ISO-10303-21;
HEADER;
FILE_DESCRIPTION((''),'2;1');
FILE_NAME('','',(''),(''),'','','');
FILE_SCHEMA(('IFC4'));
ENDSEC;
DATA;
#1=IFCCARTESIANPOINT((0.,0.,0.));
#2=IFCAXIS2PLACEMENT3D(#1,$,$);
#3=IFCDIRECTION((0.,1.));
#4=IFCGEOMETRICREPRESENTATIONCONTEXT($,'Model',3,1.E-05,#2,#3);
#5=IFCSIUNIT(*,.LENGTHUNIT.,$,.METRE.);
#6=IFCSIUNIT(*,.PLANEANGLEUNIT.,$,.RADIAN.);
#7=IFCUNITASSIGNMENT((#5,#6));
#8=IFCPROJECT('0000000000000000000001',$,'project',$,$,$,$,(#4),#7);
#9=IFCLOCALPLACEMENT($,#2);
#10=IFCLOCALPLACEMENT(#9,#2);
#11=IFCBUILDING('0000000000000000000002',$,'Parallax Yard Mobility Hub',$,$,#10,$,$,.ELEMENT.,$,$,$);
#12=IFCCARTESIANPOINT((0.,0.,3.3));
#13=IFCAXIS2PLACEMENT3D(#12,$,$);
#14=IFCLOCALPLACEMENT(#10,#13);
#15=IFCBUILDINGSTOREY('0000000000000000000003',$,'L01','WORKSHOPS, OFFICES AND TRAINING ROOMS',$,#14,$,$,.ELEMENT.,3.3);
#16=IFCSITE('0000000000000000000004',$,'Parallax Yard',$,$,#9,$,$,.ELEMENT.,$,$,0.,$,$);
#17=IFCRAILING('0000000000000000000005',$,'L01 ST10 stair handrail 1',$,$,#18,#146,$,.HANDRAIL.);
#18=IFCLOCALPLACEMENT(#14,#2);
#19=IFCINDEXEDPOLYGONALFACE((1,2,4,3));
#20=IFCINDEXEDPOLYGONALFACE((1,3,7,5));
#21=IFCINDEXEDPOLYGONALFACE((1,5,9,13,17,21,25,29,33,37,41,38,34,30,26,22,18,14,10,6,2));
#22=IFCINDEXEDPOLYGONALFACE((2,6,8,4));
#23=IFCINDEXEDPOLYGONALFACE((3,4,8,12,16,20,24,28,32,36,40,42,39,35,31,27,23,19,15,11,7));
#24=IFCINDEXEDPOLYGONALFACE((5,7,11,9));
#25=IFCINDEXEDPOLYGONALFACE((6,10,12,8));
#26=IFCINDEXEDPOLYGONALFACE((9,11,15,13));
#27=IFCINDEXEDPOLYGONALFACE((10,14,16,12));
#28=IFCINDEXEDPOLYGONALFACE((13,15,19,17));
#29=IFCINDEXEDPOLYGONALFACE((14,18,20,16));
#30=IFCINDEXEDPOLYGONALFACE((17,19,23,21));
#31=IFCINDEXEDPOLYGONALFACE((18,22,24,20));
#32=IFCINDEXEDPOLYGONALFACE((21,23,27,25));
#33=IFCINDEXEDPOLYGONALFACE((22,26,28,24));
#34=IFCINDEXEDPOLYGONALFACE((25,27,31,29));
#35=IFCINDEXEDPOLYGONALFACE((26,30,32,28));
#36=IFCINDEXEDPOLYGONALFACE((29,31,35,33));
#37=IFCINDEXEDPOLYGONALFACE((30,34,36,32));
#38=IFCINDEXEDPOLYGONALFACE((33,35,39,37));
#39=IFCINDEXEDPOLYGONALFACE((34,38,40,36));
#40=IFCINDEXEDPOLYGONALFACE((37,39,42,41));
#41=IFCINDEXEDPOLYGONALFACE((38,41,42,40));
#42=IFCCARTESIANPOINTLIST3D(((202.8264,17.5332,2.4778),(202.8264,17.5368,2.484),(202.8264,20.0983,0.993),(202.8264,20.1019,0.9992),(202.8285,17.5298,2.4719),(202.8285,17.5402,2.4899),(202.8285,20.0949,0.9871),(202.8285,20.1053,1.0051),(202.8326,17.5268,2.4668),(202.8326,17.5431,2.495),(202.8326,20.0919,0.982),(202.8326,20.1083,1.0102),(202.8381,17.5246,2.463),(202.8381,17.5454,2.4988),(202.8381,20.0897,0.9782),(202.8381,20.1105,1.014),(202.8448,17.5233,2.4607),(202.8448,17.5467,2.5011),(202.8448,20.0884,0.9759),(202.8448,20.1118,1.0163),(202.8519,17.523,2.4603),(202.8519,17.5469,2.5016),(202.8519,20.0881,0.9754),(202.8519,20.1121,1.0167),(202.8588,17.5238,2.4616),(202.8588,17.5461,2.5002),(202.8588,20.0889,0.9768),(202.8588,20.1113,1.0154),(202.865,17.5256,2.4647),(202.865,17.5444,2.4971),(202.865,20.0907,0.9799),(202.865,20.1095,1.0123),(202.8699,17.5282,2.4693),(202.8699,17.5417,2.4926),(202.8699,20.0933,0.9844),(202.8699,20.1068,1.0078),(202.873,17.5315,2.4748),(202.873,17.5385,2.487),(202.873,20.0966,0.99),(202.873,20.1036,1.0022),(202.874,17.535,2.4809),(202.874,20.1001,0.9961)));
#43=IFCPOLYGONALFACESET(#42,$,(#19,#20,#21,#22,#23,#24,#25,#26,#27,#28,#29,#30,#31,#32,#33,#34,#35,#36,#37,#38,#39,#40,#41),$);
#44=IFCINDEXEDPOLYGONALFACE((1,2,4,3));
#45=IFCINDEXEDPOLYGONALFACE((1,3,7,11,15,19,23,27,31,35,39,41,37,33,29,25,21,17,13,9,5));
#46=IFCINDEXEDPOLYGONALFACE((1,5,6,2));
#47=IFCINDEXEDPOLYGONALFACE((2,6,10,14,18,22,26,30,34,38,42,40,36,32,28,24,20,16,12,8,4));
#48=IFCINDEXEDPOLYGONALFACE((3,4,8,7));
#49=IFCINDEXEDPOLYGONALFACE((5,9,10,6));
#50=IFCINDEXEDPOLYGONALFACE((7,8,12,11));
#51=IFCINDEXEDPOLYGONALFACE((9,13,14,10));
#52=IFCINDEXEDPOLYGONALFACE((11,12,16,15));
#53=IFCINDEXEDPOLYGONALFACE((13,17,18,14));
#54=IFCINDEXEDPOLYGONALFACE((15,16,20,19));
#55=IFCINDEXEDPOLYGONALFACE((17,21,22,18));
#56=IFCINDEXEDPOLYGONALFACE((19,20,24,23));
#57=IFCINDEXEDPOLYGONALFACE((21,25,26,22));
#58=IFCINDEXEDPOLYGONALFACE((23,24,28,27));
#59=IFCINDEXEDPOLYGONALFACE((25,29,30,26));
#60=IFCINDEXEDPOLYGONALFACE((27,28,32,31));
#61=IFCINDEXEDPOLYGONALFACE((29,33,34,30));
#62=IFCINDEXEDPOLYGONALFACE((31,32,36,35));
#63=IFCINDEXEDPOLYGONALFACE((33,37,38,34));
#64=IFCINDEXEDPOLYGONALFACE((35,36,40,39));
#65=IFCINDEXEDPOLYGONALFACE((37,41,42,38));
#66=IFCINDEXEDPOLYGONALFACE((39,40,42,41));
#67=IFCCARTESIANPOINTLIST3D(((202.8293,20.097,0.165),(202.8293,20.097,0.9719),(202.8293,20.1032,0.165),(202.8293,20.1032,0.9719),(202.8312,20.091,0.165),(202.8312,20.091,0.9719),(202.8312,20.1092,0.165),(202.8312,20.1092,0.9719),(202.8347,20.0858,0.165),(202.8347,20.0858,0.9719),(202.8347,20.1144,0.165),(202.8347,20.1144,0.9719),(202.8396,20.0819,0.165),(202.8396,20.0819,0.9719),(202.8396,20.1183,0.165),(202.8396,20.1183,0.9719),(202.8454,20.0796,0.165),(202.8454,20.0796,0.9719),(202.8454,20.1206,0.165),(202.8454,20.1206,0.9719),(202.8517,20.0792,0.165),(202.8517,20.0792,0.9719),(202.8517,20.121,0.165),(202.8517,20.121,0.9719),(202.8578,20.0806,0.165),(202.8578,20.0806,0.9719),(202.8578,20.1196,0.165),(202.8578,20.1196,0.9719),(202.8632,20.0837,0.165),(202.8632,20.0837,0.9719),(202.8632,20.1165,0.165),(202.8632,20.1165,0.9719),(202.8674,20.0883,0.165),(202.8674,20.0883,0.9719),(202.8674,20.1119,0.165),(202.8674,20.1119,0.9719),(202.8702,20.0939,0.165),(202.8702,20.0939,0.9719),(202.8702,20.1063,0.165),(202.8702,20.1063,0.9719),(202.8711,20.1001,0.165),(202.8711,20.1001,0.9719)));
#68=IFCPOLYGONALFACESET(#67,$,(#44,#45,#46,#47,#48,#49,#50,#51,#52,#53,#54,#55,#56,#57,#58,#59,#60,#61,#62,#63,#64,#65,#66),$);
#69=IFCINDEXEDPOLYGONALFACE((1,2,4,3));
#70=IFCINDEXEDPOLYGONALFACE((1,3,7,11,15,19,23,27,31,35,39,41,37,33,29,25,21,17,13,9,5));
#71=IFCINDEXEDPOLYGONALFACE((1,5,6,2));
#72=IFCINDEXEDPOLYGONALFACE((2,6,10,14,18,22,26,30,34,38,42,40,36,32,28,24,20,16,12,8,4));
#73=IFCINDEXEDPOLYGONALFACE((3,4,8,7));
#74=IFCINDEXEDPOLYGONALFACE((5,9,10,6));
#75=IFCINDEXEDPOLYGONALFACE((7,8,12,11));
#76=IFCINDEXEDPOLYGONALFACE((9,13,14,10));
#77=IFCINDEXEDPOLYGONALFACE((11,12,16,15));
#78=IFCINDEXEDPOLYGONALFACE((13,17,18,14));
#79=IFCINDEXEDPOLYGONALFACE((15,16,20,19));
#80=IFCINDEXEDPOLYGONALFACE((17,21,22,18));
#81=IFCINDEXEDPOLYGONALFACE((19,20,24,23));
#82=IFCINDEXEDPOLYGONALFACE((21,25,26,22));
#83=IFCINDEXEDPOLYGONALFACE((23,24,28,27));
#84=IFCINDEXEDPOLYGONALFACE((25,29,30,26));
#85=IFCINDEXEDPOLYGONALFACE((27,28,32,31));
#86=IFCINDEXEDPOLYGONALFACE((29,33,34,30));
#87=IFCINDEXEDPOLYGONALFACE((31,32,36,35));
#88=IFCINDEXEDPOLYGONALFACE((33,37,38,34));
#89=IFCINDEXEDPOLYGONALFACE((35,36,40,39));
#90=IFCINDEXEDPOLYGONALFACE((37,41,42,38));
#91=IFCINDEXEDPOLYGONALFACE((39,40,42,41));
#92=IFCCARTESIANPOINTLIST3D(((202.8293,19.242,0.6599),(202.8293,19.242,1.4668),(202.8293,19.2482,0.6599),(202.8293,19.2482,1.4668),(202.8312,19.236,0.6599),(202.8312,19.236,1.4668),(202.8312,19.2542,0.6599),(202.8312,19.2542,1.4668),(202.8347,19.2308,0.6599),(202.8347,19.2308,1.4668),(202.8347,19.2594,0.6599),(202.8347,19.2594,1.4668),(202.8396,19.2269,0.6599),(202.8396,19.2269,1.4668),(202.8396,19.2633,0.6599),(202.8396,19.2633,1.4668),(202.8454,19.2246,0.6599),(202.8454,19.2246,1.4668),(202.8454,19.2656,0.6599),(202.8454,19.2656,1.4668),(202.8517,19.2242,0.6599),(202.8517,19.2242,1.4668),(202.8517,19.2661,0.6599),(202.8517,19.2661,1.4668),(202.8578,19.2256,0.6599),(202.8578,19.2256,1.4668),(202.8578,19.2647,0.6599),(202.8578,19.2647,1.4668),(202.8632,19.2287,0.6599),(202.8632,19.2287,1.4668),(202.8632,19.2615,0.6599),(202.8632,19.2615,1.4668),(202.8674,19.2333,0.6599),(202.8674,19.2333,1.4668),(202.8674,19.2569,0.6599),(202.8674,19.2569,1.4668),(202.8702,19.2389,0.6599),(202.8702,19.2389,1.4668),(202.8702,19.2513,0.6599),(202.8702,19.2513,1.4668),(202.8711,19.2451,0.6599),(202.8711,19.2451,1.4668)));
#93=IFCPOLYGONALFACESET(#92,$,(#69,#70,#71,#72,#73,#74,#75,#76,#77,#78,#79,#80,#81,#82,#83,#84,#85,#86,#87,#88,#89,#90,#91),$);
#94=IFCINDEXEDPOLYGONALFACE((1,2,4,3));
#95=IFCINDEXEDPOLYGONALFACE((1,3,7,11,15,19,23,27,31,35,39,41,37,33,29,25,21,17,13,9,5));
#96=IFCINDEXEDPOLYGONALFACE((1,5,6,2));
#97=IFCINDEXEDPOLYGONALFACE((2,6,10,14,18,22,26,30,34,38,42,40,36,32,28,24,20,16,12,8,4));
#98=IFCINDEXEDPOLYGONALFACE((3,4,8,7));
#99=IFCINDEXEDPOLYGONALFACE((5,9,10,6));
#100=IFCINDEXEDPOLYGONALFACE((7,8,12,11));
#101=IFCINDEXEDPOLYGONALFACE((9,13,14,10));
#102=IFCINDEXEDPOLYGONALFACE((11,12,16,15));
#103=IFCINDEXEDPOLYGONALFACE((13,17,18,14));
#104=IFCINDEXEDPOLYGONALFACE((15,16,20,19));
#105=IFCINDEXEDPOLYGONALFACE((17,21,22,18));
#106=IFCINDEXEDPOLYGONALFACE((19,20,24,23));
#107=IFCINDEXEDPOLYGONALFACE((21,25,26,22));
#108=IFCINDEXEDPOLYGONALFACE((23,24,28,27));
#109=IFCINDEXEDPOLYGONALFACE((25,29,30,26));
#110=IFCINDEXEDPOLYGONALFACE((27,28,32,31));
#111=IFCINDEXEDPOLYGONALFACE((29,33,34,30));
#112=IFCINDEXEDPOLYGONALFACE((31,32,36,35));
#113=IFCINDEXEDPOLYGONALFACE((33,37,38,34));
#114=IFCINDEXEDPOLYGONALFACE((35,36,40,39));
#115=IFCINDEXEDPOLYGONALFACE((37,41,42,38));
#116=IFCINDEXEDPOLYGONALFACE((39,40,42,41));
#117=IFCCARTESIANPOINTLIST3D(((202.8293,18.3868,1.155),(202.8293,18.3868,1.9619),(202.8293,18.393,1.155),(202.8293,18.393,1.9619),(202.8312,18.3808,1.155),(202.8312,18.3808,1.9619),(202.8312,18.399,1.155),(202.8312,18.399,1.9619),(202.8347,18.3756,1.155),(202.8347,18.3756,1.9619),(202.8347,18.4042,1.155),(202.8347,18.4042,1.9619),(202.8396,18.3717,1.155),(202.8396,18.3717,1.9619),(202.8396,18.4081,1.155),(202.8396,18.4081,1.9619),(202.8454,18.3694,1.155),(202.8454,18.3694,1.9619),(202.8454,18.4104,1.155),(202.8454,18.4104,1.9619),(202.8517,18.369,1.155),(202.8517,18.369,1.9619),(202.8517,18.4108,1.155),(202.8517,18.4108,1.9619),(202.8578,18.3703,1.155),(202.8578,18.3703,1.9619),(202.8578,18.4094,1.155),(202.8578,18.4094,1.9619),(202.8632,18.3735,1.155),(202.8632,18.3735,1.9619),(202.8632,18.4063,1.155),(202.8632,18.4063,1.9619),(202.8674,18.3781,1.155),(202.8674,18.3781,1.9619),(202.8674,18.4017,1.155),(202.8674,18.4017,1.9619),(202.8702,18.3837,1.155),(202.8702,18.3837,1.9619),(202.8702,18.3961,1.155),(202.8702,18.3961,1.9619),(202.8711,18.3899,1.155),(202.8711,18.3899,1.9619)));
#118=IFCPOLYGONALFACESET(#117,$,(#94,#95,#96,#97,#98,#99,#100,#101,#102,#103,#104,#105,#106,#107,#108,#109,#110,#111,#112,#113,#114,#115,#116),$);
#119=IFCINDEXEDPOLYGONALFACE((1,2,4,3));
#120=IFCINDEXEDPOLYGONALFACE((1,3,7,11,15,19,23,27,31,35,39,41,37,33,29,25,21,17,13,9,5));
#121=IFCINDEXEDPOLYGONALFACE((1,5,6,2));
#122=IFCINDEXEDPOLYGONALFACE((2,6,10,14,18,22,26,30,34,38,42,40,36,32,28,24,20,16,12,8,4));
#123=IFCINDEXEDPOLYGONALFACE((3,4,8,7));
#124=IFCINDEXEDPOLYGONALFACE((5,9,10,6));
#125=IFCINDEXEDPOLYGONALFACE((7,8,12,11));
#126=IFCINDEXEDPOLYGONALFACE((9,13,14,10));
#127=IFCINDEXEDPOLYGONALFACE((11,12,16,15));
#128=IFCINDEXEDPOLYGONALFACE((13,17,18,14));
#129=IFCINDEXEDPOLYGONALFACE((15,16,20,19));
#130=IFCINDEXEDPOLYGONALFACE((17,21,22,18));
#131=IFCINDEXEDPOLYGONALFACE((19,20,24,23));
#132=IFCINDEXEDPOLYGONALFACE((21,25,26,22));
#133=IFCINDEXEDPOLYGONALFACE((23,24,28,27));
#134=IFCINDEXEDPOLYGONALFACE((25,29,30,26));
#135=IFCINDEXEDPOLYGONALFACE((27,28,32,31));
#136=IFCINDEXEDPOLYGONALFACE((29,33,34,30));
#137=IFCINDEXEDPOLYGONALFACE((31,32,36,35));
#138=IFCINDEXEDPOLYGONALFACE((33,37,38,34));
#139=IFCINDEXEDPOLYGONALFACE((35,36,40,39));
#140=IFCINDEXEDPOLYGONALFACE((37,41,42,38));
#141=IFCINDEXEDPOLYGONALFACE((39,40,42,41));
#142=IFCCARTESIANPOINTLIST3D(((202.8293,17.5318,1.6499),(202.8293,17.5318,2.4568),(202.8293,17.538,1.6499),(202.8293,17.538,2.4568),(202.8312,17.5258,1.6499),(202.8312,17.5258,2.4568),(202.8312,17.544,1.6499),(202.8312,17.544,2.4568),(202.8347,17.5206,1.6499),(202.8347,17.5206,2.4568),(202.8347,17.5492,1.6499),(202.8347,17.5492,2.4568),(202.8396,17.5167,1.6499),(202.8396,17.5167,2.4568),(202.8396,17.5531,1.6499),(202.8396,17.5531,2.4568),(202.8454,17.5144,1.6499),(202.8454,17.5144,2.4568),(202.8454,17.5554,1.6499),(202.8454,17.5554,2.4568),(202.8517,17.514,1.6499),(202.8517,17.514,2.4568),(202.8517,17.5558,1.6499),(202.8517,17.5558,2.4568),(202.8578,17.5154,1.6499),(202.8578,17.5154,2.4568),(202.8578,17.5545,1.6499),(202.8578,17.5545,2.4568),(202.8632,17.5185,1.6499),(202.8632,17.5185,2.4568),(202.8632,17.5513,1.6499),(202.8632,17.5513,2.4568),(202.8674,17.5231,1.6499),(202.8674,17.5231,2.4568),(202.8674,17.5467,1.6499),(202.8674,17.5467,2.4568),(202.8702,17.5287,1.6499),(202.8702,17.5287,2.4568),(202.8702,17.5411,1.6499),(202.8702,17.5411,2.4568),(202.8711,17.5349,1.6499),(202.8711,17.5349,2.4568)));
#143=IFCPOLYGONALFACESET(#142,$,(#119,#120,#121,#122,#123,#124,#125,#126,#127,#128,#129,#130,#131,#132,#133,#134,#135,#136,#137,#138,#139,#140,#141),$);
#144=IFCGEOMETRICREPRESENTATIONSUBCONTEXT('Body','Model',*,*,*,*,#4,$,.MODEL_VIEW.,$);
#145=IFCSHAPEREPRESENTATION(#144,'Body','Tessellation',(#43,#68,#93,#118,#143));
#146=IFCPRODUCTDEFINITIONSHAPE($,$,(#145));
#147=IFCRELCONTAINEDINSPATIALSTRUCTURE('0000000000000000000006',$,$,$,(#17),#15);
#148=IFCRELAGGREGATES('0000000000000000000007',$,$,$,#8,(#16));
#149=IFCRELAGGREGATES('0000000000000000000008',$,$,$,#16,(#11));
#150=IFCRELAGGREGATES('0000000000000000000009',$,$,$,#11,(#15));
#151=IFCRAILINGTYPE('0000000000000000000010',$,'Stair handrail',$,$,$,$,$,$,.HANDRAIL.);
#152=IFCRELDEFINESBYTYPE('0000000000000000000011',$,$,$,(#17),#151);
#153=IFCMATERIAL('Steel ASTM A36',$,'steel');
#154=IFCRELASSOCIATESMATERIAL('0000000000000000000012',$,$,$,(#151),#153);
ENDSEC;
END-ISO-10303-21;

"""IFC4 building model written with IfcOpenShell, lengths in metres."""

from ifc_helpers import new_model, si_unit, direction, frame, origin, origin_2d, place, context, subcontext, project, spatial, circle, extrude, material, type_object, element, save


model = new_model("IFC4")

# Units and contexts
model_context = context("Model", 3, precision=1e-05, world=origin(), true_north=direction((0.0, 1.0)))
body_context = subcontext(model_context, "Body", "Model", "MODEL_VIEW")
ifc_project = project(units=[si_unit("LENGTHUNIT", "METRE"), si_unit("PLANEANGLEUNIT", "RADIAN")], contexts=[model_context])

# Site, building, storey
site_placement = place(None, origin())
site = spatial("IfcSite", under=ifc_project, at=site_placement, Name="Parallax Yard", CompositionType="ELEMENT", RefElevation=0.0)
building_placement = place(site_placement, origin())
building = spatial("IfcBuilding", under=site, at=building_placement, Name="Parallax Yard Mobility Hub", CompositionType="ELEMENT")
storey_placement = place(building_placement, frame((0.0, 0.0, 3.3)))
storey = spatial("IfcBuildingStorey", under=building, at=storey_placement, Name="L01", Description="WORKSHOPS, OFFICES AND TRAINING ROOMS", CompositionType="ELEMENT", Elevation=3.3)

# Railing
ifc_material_1 = material(Name="Steel ASTM A36", Category="steel")
railing_type_1 = type_object("IfcRailingType", Name="Stair handrail", PredefinedType="HANDRAIL", material=ifc_material_1)
railing_1_placement = place(storey_placement, frame((202.8501, 20.1001, 0.165)))
element("IfcRailing", 1, at=railing_1_placement, inside=storey, type_object=railing_type_1, Name="L01 ST10 stair handrail 1", PredefinedType="HANDRAIL", context=body_context, shape_type="SweptSolid", body=[
    extrude(circle(Radius=0.0239, at=origin_2d()), frame((0.0, 0.0, 0.8311), z_axis=(0.0, -0.865462, 0.500975), x_axis=(1.0, 0.0, 0.0)), (0.0, 0.0, 1.0), 2.9639),
    extrude(circle(Radius=0.021, at=origin_2d()), origin(), (0.0, 0.0, 1.0), 0.8069),
    extrude(circle(Radius=0.021, at=origin_2d()), frame((0.0, -0.855, 0.4949)), (0.0, 0.0, 1.0), 0.8069),
    extrude(circle(Radius=0.021, at=origin_2d()), frame((0.0, -1.7102, 0.99)), (0.0, 0.0, 1.0), 0.8069),
    extrude(circle(Radius=0.021, at=origin_2d()), frame((0.0, -2.5652, 1.4849)), (0.0, 0.0, 1.0), 0.8069),
])

save(model, "model.ifc")
